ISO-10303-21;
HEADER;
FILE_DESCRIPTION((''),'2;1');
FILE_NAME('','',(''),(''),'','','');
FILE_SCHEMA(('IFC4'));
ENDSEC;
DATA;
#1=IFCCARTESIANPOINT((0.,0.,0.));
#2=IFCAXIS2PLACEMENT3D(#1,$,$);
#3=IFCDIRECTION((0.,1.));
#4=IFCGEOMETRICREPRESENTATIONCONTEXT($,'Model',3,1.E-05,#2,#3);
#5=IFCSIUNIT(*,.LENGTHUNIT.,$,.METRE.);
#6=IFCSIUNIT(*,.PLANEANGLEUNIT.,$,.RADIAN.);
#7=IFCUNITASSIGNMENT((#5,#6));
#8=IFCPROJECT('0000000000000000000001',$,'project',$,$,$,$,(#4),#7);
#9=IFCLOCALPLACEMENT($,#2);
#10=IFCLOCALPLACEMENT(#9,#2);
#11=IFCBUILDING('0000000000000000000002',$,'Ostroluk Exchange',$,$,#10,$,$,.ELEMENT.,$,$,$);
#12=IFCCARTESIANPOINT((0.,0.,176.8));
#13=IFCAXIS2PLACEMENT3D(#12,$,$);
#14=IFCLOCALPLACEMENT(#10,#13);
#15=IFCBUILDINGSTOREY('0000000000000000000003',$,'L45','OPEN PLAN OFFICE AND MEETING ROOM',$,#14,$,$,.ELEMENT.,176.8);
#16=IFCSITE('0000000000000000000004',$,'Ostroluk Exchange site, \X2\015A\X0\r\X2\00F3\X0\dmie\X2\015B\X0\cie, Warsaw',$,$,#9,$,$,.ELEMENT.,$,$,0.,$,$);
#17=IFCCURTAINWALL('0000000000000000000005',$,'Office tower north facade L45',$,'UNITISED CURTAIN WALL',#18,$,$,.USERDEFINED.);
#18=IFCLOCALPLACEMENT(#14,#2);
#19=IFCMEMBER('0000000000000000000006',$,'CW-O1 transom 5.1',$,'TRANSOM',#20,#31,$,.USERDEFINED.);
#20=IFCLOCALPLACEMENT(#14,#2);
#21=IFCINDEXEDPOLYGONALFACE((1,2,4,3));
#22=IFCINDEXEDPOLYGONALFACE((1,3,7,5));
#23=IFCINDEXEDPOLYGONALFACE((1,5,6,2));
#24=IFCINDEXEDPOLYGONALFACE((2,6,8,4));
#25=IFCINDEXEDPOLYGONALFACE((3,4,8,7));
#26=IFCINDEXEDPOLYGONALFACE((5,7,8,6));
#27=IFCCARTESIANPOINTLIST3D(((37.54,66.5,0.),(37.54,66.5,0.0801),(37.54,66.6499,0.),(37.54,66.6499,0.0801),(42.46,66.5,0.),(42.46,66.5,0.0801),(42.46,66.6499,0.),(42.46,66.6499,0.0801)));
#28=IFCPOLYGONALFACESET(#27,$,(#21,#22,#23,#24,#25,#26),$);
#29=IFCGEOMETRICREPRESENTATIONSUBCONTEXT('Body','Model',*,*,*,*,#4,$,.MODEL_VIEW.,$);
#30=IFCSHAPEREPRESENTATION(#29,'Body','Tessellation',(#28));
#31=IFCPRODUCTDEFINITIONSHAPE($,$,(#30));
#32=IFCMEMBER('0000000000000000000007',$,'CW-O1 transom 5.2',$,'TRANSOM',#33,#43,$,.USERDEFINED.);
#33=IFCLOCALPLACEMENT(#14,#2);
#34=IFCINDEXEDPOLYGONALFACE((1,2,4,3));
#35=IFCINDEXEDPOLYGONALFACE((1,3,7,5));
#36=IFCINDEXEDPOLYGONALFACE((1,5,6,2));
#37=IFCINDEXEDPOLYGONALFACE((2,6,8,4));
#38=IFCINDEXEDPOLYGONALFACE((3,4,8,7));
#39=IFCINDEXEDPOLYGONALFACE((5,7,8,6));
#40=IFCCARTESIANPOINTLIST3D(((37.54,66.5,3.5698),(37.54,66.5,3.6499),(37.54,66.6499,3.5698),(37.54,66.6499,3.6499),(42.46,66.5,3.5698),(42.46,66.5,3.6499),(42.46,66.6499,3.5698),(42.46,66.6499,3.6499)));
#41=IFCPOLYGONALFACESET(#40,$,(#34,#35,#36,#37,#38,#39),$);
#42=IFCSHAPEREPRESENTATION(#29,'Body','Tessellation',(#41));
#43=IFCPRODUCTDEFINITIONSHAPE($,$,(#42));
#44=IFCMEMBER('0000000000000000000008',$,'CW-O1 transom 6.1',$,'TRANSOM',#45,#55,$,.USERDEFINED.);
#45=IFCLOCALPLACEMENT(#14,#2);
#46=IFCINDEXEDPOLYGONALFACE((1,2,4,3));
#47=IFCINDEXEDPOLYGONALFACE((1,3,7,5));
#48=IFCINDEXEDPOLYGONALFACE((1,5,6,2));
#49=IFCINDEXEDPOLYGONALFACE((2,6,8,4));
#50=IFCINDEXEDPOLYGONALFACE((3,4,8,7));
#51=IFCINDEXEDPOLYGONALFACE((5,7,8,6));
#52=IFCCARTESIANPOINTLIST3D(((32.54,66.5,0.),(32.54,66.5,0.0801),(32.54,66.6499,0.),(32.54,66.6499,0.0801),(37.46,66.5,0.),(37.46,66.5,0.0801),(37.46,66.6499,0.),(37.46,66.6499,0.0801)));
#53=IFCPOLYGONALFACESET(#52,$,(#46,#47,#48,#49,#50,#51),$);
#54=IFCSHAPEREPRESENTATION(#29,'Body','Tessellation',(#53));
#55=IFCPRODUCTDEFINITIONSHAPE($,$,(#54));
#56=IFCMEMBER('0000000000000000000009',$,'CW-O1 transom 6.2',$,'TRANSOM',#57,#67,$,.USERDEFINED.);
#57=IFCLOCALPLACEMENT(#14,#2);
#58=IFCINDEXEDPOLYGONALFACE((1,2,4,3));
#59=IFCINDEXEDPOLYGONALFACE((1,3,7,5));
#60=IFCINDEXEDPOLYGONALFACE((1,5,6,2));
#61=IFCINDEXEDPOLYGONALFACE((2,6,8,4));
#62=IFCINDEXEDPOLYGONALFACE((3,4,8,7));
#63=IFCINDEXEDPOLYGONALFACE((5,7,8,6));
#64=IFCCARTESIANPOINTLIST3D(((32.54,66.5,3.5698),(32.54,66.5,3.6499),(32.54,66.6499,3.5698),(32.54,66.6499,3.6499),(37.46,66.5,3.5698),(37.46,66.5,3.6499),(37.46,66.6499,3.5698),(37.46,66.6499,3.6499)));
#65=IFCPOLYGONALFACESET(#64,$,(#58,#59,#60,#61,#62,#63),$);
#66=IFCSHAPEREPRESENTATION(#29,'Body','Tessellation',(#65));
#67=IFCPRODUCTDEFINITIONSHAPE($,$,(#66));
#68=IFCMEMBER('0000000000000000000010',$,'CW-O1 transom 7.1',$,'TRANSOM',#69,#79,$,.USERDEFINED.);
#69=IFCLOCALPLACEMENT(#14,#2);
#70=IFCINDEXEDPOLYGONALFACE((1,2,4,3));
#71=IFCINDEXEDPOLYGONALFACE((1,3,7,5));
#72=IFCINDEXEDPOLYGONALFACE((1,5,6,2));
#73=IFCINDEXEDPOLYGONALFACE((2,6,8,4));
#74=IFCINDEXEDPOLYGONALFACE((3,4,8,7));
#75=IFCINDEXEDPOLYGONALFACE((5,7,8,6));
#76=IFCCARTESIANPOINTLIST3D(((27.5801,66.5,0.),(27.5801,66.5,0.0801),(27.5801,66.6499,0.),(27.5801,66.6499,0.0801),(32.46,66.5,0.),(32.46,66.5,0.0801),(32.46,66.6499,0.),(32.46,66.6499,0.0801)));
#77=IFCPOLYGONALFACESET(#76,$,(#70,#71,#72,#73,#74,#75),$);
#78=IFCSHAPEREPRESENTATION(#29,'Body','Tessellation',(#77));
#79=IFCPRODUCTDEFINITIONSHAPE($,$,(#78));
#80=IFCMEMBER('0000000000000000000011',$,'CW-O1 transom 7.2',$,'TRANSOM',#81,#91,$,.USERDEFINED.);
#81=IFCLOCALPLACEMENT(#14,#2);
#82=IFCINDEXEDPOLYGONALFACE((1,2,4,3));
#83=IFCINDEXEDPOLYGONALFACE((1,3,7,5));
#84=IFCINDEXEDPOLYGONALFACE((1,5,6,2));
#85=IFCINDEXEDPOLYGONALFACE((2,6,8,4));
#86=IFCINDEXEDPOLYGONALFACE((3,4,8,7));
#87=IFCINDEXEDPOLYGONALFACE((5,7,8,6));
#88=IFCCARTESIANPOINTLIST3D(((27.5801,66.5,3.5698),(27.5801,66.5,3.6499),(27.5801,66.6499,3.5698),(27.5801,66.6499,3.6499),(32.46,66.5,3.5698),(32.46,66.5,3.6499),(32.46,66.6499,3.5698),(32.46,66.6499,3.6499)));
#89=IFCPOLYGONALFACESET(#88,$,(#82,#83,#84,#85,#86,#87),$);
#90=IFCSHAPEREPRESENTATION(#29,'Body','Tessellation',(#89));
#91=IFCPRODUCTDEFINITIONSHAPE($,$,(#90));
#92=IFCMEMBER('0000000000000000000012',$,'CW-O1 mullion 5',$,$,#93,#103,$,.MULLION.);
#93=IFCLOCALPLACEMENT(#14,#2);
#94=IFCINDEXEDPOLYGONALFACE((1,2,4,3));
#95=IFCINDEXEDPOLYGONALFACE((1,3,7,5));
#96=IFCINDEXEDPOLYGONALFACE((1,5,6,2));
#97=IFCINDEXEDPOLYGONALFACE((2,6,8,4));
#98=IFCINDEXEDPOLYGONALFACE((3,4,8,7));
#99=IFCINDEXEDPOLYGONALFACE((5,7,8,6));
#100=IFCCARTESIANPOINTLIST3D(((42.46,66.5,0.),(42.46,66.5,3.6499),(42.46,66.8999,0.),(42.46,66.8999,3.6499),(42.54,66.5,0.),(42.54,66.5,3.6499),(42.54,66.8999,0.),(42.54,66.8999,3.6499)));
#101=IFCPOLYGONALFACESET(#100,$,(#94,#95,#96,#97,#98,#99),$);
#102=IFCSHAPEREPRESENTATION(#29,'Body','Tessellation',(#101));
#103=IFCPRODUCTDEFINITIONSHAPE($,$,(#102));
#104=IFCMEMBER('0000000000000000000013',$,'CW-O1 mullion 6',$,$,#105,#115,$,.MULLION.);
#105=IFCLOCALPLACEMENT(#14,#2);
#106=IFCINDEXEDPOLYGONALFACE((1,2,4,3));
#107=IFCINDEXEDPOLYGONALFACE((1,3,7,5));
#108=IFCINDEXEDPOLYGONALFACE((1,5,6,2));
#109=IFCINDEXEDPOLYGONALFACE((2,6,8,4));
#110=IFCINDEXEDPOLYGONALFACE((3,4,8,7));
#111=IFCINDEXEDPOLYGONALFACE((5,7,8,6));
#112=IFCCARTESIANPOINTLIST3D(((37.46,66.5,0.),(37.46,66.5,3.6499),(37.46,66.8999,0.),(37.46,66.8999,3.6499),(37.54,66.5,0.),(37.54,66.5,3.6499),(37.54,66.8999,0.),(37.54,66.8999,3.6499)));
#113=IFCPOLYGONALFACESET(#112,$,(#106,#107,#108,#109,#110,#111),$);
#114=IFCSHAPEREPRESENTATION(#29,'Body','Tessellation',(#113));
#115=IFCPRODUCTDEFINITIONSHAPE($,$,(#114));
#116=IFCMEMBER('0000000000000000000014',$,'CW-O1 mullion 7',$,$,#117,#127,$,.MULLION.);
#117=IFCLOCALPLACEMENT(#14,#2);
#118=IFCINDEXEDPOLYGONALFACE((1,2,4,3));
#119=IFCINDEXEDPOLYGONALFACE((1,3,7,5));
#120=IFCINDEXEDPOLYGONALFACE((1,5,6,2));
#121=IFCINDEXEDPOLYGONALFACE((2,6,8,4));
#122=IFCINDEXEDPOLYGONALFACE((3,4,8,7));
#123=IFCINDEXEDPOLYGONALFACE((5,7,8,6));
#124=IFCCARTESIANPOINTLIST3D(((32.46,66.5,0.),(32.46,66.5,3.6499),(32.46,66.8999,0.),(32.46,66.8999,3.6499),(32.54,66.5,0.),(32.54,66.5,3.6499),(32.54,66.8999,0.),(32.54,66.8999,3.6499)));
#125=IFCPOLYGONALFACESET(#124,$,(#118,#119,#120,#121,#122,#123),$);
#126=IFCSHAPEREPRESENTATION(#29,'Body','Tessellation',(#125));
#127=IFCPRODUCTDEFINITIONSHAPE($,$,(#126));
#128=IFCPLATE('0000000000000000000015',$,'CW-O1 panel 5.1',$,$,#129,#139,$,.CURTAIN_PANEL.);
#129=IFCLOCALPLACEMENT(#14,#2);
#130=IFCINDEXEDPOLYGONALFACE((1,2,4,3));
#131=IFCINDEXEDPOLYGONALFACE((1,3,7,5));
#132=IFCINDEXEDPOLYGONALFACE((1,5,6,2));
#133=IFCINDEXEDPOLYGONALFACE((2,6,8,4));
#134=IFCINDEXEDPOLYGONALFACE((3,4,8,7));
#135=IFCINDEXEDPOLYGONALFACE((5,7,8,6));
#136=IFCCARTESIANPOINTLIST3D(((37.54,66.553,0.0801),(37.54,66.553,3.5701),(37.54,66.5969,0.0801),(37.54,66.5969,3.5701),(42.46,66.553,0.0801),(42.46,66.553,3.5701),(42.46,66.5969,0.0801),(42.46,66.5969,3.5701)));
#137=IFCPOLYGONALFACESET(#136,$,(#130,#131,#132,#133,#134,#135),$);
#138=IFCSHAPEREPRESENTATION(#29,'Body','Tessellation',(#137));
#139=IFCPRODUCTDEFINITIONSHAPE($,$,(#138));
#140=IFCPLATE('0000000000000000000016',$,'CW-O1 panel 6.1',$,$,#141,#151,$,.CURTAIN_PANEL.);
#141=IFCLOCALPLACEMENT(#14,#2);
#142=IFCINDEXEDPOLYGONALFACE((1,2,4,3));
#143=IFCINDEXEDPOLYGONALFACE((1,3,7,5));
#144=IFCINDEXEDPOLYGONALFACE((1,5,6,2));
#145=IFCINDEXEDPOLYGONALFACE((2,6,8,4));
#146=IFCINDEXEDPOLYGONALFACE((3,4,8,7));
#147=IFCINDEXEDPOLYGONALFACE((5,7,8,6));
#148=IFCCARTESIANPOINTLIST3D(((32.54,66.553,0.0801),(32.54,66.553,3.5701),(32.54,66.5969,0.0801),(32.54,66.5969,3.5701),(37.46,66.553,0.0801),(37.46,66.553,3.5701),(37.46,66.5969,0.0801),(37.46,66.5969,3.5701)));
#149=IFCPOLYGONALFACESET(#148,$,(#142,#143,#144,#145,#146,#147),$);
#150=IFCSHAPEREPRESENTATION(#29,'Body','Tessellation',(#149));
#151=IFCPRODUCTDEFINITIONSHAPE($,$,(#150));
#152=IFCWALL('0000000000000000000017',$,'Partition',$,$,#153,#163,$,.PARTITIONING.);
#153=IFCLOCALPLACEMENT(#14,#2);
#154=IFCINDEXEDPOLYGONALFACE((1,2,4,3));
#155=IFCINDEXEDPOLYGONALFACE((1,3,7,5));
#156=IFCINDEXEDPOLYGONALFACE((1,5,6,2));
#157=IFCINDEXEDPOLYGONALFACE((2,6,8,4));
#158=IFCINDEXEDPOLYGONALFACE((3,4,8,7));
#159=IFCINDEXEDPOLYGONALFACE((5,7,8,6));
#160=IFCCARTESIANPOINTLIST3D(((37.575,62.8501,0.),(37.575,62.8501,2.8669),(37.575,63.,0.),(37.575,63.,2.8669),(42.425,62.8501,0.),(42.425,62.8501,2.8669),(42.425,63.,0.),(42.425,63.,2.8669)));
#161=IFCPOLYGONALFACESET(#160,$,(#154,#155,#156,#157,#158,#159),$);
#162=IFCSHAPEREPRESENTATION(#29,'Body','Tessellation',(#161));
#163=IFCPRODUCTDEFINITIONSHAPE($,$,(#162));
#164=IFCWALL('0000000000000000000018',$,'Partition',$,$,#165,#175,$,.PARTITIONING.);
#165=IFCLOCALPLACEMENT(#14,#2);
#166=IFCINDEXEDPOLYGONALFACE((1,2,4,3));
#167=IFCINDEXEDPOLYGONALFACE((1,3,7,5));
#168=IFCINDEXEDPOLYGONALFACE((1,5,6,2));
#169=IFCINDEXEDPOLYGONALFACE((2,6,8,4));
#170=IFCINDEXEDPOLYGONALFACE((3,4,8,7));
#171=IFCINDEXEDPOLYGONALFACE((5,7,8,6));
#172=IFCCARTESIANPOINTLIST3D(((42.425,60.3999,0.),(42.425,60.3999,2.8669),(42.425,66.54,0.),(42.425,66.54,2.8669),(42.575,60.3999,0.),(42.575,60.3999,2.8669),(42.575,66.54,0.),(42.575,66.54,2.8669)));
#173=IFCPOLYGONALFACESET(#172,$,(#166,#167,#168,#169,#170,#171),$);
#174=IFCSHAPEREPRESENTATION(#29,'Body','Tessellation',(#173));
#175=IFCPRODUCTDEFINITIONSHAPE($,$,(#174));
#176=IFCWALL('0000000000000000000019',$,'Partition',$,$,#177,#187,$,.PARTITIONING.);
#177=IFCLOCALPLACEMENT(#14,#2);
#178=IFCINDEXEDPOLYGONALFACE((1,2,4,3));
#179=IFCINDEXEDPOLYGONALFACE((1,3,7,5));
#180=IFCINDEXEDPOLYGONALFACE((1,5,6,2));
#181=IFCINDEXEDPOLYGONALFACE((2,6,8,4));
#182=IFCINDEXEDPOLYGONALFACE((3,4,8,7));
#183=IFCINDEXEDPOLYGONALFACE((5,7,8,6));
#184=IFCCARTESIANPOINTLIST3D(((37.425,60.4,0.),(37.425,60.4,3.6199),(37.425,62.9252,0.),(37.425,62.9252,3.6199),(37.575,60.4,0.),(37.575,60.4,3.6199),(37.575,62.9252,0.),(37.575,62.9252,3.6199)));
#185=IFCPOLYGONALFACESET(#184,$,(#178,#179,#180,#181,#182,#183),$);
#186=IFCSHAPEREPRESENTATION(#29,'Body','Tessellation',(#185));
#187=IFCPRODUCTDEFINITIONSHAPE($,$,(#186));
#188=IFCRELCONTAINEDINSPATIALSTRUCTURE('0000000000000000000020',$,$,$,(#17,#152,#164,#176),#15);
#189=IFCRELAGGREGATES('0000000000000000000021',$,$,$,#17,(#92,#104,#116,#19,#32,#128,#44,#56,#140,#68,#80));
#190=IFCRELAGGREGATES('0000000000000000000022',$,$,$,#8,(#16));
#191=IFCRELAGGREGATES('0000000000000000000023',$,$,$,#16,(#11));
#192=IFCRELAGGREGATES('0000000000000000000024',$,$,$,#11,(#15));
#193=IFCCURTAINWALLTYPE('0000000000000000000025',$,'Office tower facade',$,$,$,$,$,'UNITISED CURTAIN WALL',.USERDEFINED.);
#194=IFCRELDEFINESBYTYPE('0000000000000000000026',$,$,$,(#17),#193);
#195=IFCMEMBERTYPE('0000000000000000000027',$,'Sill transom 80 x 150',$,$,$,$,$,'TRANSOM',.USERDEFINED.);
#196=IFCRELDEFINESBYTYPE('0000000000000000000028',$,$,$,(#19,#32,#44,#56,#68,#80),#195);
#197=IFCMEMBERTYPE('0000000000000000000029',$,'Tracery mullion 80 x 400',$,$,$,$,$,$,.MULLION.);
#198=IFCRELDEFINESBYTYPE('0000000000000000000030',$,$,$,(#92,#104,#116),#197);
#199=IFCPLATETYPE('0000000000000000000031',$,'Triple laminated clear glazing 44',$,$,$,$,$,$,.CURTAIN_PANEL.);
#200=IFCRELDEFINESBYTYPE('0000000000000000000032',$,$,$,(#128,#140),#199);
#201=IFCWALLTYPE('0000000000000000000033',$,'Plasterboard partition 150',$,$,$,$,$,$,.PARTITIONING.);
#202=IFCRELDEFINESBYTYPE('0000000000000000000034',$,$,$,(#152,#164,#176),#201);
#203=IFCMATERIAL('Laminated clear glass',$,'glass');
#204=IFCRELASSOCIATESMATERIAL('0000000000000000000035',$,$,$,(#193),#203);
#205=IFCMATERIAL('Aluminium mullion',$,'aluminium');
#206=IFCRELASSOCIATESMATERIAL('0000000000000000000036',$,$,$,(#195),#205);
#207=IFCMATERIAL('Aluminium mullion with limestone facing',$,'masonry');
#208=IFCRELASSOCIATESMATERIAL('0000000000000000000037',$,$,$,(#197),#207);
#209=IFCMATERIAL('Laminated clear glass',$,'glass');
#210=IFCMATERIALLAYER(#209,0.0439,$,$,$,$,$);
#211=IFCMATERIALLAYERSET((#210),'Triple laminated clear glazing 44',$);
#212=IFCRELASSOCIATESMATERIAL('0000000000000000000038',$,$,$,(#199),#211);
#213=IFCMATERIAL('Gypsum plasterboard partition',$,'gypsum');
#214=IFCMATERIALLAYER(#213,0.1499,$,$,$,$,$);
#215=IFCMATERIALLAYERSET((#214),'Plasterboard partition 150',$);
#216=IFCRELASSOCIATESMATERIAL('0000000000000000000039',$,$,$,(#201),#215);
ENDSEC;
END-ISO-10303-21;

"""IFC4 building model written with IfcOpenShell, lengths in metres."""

from ifc_helpers import new_model, si_unit, direction, frame, frame_2d, origin, origin_2d, place, context, subcontext, project, spatial, rectangle, extrude, material, layer, layer_set, material_profile, profile_set, type_object, element, aggregate, save


model = new_model("IFC4")

# Units and contexts
model_context = context("Model", 3, precision=1e-05, world=origin(), true_north=direction((0.0, 1.0)))
body_context = subcontext(model_context, "Body", "Model", "MODEL_VIEW")
ifc_project = project(units=[si_unit("LENGTHUNIT", "METRE"), si_unit("PLANEANGLEUNIT", "RADIAN")], contexts=[model_context])

# Site, building, storey
site_placement = place(None, origin())
site = spatial("IfcSite", under=ifc_project, at=site_placement, Name="Ostroluk Exchange site, Śródmieście, Warsaw", CompositionType="ELEMENT", RefElevation=0.0)
building_placement = place(site_placement, origin())
building = spatial("IfcBuilding", under=site, at=building_placement, Name="Ostroluk Exchange", CompositionType="ELEMENT")
storey_placement = place(building_placement, frame((0.0, 0.0, 176.8)))
storey = spatial("IfcBuildingStorey", under=building, at=storey_placement, Name="L45", Description="OPEN PLAN OFFICE AND MEETING ROOM", CompositionType="ELEMENT", Elevation=176.8)

# Curtain wall, members, plates
ifc_material_1 = material(Name="Laminated clear glass", Category="glass")
curtain_wall_type = type_object("IfcCurtainWallType", Name="Office tower facade", ElementType="UNITISED CURTAIN WALL", PredefinedType="USERDEFINED", material=ifc_material_1)
curtain_wall_placement = place(storey_placement, origin())
curtain_wall = element("IfcCurtainWall", 1, at=curtain_wall_placement, inside=storey, type_object=curtain_wall_type, Name="Office tower north facade L45", ObjectType="UNITISED CURTAIN WALL", PredefinedType="USERDEFINED")
ifc_material_2 = material(Name="Aluminium mullion", Category="aluminium")
ifc_material_profile_1 = material_profile(ifc_material_2, rectangle(XDim=0.1499, YDim=0.0801, at=origin_2d()), Name="Sill transom 80 x 150")
ifc_profile_set_1 = profile_set([ifc_material_profile_1], Name="Aluminium mullion")
member_type_1 = type_object("IfcMemberType", Name="Sill transom 80 x 150", ElementType="TRANSOM", PredefinedType="USERDEFINED", material=ifc_profile_set_1)
member_1_placement = place(storey_placement, frame((42.46, 66.575, 0.04), z_axis=(-1.0, 0.0, 0.0), x_axis=(0.0, -1.0, 0.0)))
member_1 = element("IfcMember", 2, at=member_1_placement, type_object=member_type_1, Name="CW-O1 transom 5.1", ObjectType="TRANSOM", PredefinedType="USERDEFINED", context=body_context, shape_type="SweptSolid", body=[
    extrude(rectangle(XDim=0.1499, YDim=0.0801, at=origin_2d()), origin(), (0.0, 0.0, 1.0), 4.9199),
])
member_2_placement = place(storey_placement, frame((42.46, 66.575, 3.6099), z_axis=(-1.0, 0.0, 0.0), x_axis=(0.0, -1.0, 0.0)))
member_2 = element("IfcMember", 3, at=member_2_placement, type_object=member_type_1, Name="CW-O1 transom 5.2", ObjectType="TRANSOM", PredefinedType="USERDEFINED", context=body_context, shape_type="SweptSolid", body=[
    extrude(rectangle(XDim=0.1499, YDim=0.0801, at=origin_2d()), origin(), (0.0, 0.0, 1.0), 4.9199),
])
member_3_placement = place(storey_placement, frame((37.46, 66.575, 0.04), z_axis=(-1.0, 0.0, 0.0), x_axis=(0.0, -1.0, 0.0)))
member_3 = element("IfcMember", 4, at=member_3_placement, type_object=member_type_1, Name="CW-O1 transom 6.1", ObjectType="TRANSOM", PredefinedType="USERDEFINED", context=body_context, shape_type="SweptSolid", body=[
    extrude(rectangle(XDim=0.1499, YDim=0.0801, at=origin_2d()), origin(), (0.0, 0.0, 1.0), 4.9199),
])
member_4_placement = place(storey_placement, frame((37.46, 66.575, 3.6099), z_axis=(-1.0, 0.0, 0.0), x_axis=(0.0, -1.0, 0.0)))
member_4 = element("IfcMember", 5, at=member_4_placement, type_object=member_type_1, Name="CW-O1 transom 6.2", ObjectType="TRANSOM", PredefinedType="USERDEFINED", context=body_context, shape_type="SweptSolid", body=[
    extrude(rectangle(XDim=0.1499, YDim=0.0801, at=origin_2d()), origin(), (0.0, 0.0, 1.0), 4.9199),
])
member_5_placement = place(storey_placement, frame((32.46, 66.575, 0.04), z_axis=(-1.0, 0.0, 0.0), x_axis=(0.0, -1.0, 0.0)))
member_5 = element("IfcMember", 6, at=member_5_placement, type_object=member_type_1, Name="CW-O1 transom 7.1", ObjectType="TRANSOM", PredefinedType="USERDEFINED", context=body_context, shape_type="SweptSolid", body=[
    extrude(rectangle(XDim=0.1499, YDim=0.0801, at=origin_2d()), origin(), (0.0, 0.0, 1.0), 4.8799),
])
member_6_placement = place(storey_placement, frame((32.46, 66.575, 3.6099), z_axis=(-1.0, 0.0, 0.0), x_axis=(0.0, -1.0, 0.0)))
member_6 = element("IfcMember", 7, at=member_6_placement, type_object=member_type_1, Name="CW-O1 transom 7.2", ObjectType="TRANSOM", PredefinedType="USERDEFINED", context=body_context, shape_type="SweptSolid", body=[
    extrude(rectangle(XDim=0.1499, YDim=0.0801, at=origin_2d()), origin(), (0.0, 0.0, 1.0), 4.8799),
])
ifc_material_3 = material(Name="Aluminium mullion with limestone facing", Category="masonry")
ifc_material_profile_2 = material_profile(ifc_material_3, rectangle(XDim=0.3999, YDim=0.0801, at=origin_2d()), Name="Tracery mullion 80 x 400")
ifc_profile_set_2 = profile_set([ifc_material_profile_2], Name="Aluminium mullion with limestone facing")
member_type_2 = type_object("IfcMemberType", Name="Tracery mullion 80 x 400", PredefinedType="MULLION", material=ifc_profile_set_2)
member_7_placement = place(storey_placement, frame((42.5, 66.7, 0.0), z_axis=(0.0, 0.0, 1.0), x_axis=(0.0, -1.0, 0.0)))
member_7 = element("IfcMember", 8, at=member_7_placement, type_object=member_type_2, Name="CW-O1 mullion 5", PredefinedType="MULLION", context=body_context, shape_type="SweptSolid", body=[
    extrude(rectangle(XDim=0.3999, YDim=0.0801, at=origin_2d()), origin(), (0.0, 0.0, 1.0), 3.6499),
])
member_8_placement = place(storey_placement, frame((37.5, 66.7, 0.0), z_axis=(0.0, 0.0, 1.0), x_axis=(0.0, -1.0, 0.0)))
member_8 = element("IfcMember", 9, at=member_8_placement, type_object=member_type_2, Name="CW-O1 mullion 6", PredefinedType="MULLION", context=body_context, shape_type="SweptSolid", body=[
    extrude(rectangle(XDim=0.3999, YDim=0.0801, at=origin_2d()), origin(), (0.0, 0.0, 1.0), 3.6499),
])
member_9_placement = place(storey_placement, frame((32.5, 66.7, 0.0), z_axis=(0.0, 0.0, 1.0), x_axis=(0.0, -1.0, 0.0)))
member_9 = element("IfcMember", 10, at=member_9_placement, type_object=member_type_2, Name="CW-O1 mullion 7", PredefinedType="MULLION", context=body_context, shape_type="SweptSolid", body=[
    extrude(rectangle(XDim=0.3999, YDim=0.0801, at=origin_2d()), origin(), (0.0, 0.0, 1.0), 3.6499),
])
ifc_material_4 = material(Name="Laminated clear glass", Category="glass")
ifc_layer_1 = layer(ifc_material_4, 0.0439)
ifc_layer_set_1 = layer_set([ifc_layer_1], Name="Triple laminated clear glazing 44")
plate_type = type_object("IfcPlateType", Name="Triple laminated clear glazing 44", PredefinedType="CURTAIN_PANEL", material=ifc_layer_set_1)
plate_1_placement = place(storey_placement, frame((40.0, 66.575, 0.0801), z_axis=(0.0, 0.0, 1.0), x_axis=(-1.0, 0.0, 0.0)))
plate_1 = element("IfcPlate", 11, at=plate_1_placement, type_object=plate_type, Name="CW-O1 panel 5.1", PredefinedType="CURTAIN_PANEL", context=body_context, shape_type="SweptSolid", body=[
    extrude(rectangle(XDim=4.9199, YDim=0.0439, at=origin_2d()), origin(), (0.0, 0.0, 1.0), 3.49),
])
plate_2_placement = place(storey_placement, frame((35.0, 66.575, 0.0801), z_axis=(0.0, 0.0, 1.0), x_axis=(-1.0, 0.0, 0.0)))
plate_2 = element("IfcPlate", 12, at=plate_2_placement, type_object=plate_type, Name="CW-O1 panel 6.1", PredefinedType="CURTAIN_PANEL", context=body_context, shape_type="SweptSolid", body=[
    extrude(rectangle(XDim=4.9199, YDim=0.0439, at=origin_2d()), origin(), (0.0, 0.0, 1.0), 3.49),
])
aggregate(curtain_wall, [member_7, member_8, member_9, member_1, member_2, plate_1, member_3, member_4, plate_2, member_5, member_6])

# Walls
ifc_material_5 = material(Name="Gypsum plasterboard partition", Category="gypsum")
ifc_layer_2 = layer(ifc_material_5, 0.1499)
ifc_layer_set_2 = layer_set([ifc_layer_2], Name="Plasterboard partition 150")
wall_type = type_object("IfcWallType", Name="Plasterboard partition 150", PredefinedType="PARTITIONING", material=ifc_layer_set_2)
wall_1_placement = place(storey_placement, frame((42.425, 62.925, 0.0), z_axis=(0.0, 0.0, 1.0), x_axis=(-1.0, 0.0, 0.0)))
element("IfcWall", 13, at=wall_1_placement, inside=storey, type_object=wall_type, Name="Partition", PredefinedType="PARTITIONING", context=body_context, shape_type="SweptSolid", body=[
    extrude(rectangle(XDim=4.8501, YDim=0.1499, at=frame_2d((2.425, 0.0))), origin(), (0.0, 0.0, 1.0), 2.8669),
])
wall_2_placement = place(storey_placement, frame((42.5, 60.3999, 0.0), z_axis=(0.0, 0.0, 1.0), x_axis=(0.0, 1.0, 0.0)))
element("IfcWall", 14, at=wall_2_placement, inside=storey, type_object=wall_type, Name="Partition", PredefinedType="PARTITIONING", context=body_context, shape_type="SweptSolid", body=[
    extrude(rectangle(XDim=6.1401, YDim=0.1499, at=frame_2d((3.0701, 0.0))), origin(), (0.0, 0.0, 1.0), 2.8669),
])
wall_3_placement = place(storey_placement, frame((37.5, 60.3999, 0.0), z_axis=(0.0, 0.0, 1.0), x_axis=(0.0, 1.0, 0.0)))
element("IfcWall", 15, at=wall_3_placement, inside=storey, type_object=wall_type, Name="Partition", PredefinedType="PARTITIONING", context=body_context, shape_type="SweptSolid", body=[
    extrude(rectangle(XDim=2.5251, YDim=0.1499, at=frame_2d((1.2627, 0.0))), origin(), (0.0, 0.0, 1.0), 3.6199),
])

save(model, "model.ifc")
